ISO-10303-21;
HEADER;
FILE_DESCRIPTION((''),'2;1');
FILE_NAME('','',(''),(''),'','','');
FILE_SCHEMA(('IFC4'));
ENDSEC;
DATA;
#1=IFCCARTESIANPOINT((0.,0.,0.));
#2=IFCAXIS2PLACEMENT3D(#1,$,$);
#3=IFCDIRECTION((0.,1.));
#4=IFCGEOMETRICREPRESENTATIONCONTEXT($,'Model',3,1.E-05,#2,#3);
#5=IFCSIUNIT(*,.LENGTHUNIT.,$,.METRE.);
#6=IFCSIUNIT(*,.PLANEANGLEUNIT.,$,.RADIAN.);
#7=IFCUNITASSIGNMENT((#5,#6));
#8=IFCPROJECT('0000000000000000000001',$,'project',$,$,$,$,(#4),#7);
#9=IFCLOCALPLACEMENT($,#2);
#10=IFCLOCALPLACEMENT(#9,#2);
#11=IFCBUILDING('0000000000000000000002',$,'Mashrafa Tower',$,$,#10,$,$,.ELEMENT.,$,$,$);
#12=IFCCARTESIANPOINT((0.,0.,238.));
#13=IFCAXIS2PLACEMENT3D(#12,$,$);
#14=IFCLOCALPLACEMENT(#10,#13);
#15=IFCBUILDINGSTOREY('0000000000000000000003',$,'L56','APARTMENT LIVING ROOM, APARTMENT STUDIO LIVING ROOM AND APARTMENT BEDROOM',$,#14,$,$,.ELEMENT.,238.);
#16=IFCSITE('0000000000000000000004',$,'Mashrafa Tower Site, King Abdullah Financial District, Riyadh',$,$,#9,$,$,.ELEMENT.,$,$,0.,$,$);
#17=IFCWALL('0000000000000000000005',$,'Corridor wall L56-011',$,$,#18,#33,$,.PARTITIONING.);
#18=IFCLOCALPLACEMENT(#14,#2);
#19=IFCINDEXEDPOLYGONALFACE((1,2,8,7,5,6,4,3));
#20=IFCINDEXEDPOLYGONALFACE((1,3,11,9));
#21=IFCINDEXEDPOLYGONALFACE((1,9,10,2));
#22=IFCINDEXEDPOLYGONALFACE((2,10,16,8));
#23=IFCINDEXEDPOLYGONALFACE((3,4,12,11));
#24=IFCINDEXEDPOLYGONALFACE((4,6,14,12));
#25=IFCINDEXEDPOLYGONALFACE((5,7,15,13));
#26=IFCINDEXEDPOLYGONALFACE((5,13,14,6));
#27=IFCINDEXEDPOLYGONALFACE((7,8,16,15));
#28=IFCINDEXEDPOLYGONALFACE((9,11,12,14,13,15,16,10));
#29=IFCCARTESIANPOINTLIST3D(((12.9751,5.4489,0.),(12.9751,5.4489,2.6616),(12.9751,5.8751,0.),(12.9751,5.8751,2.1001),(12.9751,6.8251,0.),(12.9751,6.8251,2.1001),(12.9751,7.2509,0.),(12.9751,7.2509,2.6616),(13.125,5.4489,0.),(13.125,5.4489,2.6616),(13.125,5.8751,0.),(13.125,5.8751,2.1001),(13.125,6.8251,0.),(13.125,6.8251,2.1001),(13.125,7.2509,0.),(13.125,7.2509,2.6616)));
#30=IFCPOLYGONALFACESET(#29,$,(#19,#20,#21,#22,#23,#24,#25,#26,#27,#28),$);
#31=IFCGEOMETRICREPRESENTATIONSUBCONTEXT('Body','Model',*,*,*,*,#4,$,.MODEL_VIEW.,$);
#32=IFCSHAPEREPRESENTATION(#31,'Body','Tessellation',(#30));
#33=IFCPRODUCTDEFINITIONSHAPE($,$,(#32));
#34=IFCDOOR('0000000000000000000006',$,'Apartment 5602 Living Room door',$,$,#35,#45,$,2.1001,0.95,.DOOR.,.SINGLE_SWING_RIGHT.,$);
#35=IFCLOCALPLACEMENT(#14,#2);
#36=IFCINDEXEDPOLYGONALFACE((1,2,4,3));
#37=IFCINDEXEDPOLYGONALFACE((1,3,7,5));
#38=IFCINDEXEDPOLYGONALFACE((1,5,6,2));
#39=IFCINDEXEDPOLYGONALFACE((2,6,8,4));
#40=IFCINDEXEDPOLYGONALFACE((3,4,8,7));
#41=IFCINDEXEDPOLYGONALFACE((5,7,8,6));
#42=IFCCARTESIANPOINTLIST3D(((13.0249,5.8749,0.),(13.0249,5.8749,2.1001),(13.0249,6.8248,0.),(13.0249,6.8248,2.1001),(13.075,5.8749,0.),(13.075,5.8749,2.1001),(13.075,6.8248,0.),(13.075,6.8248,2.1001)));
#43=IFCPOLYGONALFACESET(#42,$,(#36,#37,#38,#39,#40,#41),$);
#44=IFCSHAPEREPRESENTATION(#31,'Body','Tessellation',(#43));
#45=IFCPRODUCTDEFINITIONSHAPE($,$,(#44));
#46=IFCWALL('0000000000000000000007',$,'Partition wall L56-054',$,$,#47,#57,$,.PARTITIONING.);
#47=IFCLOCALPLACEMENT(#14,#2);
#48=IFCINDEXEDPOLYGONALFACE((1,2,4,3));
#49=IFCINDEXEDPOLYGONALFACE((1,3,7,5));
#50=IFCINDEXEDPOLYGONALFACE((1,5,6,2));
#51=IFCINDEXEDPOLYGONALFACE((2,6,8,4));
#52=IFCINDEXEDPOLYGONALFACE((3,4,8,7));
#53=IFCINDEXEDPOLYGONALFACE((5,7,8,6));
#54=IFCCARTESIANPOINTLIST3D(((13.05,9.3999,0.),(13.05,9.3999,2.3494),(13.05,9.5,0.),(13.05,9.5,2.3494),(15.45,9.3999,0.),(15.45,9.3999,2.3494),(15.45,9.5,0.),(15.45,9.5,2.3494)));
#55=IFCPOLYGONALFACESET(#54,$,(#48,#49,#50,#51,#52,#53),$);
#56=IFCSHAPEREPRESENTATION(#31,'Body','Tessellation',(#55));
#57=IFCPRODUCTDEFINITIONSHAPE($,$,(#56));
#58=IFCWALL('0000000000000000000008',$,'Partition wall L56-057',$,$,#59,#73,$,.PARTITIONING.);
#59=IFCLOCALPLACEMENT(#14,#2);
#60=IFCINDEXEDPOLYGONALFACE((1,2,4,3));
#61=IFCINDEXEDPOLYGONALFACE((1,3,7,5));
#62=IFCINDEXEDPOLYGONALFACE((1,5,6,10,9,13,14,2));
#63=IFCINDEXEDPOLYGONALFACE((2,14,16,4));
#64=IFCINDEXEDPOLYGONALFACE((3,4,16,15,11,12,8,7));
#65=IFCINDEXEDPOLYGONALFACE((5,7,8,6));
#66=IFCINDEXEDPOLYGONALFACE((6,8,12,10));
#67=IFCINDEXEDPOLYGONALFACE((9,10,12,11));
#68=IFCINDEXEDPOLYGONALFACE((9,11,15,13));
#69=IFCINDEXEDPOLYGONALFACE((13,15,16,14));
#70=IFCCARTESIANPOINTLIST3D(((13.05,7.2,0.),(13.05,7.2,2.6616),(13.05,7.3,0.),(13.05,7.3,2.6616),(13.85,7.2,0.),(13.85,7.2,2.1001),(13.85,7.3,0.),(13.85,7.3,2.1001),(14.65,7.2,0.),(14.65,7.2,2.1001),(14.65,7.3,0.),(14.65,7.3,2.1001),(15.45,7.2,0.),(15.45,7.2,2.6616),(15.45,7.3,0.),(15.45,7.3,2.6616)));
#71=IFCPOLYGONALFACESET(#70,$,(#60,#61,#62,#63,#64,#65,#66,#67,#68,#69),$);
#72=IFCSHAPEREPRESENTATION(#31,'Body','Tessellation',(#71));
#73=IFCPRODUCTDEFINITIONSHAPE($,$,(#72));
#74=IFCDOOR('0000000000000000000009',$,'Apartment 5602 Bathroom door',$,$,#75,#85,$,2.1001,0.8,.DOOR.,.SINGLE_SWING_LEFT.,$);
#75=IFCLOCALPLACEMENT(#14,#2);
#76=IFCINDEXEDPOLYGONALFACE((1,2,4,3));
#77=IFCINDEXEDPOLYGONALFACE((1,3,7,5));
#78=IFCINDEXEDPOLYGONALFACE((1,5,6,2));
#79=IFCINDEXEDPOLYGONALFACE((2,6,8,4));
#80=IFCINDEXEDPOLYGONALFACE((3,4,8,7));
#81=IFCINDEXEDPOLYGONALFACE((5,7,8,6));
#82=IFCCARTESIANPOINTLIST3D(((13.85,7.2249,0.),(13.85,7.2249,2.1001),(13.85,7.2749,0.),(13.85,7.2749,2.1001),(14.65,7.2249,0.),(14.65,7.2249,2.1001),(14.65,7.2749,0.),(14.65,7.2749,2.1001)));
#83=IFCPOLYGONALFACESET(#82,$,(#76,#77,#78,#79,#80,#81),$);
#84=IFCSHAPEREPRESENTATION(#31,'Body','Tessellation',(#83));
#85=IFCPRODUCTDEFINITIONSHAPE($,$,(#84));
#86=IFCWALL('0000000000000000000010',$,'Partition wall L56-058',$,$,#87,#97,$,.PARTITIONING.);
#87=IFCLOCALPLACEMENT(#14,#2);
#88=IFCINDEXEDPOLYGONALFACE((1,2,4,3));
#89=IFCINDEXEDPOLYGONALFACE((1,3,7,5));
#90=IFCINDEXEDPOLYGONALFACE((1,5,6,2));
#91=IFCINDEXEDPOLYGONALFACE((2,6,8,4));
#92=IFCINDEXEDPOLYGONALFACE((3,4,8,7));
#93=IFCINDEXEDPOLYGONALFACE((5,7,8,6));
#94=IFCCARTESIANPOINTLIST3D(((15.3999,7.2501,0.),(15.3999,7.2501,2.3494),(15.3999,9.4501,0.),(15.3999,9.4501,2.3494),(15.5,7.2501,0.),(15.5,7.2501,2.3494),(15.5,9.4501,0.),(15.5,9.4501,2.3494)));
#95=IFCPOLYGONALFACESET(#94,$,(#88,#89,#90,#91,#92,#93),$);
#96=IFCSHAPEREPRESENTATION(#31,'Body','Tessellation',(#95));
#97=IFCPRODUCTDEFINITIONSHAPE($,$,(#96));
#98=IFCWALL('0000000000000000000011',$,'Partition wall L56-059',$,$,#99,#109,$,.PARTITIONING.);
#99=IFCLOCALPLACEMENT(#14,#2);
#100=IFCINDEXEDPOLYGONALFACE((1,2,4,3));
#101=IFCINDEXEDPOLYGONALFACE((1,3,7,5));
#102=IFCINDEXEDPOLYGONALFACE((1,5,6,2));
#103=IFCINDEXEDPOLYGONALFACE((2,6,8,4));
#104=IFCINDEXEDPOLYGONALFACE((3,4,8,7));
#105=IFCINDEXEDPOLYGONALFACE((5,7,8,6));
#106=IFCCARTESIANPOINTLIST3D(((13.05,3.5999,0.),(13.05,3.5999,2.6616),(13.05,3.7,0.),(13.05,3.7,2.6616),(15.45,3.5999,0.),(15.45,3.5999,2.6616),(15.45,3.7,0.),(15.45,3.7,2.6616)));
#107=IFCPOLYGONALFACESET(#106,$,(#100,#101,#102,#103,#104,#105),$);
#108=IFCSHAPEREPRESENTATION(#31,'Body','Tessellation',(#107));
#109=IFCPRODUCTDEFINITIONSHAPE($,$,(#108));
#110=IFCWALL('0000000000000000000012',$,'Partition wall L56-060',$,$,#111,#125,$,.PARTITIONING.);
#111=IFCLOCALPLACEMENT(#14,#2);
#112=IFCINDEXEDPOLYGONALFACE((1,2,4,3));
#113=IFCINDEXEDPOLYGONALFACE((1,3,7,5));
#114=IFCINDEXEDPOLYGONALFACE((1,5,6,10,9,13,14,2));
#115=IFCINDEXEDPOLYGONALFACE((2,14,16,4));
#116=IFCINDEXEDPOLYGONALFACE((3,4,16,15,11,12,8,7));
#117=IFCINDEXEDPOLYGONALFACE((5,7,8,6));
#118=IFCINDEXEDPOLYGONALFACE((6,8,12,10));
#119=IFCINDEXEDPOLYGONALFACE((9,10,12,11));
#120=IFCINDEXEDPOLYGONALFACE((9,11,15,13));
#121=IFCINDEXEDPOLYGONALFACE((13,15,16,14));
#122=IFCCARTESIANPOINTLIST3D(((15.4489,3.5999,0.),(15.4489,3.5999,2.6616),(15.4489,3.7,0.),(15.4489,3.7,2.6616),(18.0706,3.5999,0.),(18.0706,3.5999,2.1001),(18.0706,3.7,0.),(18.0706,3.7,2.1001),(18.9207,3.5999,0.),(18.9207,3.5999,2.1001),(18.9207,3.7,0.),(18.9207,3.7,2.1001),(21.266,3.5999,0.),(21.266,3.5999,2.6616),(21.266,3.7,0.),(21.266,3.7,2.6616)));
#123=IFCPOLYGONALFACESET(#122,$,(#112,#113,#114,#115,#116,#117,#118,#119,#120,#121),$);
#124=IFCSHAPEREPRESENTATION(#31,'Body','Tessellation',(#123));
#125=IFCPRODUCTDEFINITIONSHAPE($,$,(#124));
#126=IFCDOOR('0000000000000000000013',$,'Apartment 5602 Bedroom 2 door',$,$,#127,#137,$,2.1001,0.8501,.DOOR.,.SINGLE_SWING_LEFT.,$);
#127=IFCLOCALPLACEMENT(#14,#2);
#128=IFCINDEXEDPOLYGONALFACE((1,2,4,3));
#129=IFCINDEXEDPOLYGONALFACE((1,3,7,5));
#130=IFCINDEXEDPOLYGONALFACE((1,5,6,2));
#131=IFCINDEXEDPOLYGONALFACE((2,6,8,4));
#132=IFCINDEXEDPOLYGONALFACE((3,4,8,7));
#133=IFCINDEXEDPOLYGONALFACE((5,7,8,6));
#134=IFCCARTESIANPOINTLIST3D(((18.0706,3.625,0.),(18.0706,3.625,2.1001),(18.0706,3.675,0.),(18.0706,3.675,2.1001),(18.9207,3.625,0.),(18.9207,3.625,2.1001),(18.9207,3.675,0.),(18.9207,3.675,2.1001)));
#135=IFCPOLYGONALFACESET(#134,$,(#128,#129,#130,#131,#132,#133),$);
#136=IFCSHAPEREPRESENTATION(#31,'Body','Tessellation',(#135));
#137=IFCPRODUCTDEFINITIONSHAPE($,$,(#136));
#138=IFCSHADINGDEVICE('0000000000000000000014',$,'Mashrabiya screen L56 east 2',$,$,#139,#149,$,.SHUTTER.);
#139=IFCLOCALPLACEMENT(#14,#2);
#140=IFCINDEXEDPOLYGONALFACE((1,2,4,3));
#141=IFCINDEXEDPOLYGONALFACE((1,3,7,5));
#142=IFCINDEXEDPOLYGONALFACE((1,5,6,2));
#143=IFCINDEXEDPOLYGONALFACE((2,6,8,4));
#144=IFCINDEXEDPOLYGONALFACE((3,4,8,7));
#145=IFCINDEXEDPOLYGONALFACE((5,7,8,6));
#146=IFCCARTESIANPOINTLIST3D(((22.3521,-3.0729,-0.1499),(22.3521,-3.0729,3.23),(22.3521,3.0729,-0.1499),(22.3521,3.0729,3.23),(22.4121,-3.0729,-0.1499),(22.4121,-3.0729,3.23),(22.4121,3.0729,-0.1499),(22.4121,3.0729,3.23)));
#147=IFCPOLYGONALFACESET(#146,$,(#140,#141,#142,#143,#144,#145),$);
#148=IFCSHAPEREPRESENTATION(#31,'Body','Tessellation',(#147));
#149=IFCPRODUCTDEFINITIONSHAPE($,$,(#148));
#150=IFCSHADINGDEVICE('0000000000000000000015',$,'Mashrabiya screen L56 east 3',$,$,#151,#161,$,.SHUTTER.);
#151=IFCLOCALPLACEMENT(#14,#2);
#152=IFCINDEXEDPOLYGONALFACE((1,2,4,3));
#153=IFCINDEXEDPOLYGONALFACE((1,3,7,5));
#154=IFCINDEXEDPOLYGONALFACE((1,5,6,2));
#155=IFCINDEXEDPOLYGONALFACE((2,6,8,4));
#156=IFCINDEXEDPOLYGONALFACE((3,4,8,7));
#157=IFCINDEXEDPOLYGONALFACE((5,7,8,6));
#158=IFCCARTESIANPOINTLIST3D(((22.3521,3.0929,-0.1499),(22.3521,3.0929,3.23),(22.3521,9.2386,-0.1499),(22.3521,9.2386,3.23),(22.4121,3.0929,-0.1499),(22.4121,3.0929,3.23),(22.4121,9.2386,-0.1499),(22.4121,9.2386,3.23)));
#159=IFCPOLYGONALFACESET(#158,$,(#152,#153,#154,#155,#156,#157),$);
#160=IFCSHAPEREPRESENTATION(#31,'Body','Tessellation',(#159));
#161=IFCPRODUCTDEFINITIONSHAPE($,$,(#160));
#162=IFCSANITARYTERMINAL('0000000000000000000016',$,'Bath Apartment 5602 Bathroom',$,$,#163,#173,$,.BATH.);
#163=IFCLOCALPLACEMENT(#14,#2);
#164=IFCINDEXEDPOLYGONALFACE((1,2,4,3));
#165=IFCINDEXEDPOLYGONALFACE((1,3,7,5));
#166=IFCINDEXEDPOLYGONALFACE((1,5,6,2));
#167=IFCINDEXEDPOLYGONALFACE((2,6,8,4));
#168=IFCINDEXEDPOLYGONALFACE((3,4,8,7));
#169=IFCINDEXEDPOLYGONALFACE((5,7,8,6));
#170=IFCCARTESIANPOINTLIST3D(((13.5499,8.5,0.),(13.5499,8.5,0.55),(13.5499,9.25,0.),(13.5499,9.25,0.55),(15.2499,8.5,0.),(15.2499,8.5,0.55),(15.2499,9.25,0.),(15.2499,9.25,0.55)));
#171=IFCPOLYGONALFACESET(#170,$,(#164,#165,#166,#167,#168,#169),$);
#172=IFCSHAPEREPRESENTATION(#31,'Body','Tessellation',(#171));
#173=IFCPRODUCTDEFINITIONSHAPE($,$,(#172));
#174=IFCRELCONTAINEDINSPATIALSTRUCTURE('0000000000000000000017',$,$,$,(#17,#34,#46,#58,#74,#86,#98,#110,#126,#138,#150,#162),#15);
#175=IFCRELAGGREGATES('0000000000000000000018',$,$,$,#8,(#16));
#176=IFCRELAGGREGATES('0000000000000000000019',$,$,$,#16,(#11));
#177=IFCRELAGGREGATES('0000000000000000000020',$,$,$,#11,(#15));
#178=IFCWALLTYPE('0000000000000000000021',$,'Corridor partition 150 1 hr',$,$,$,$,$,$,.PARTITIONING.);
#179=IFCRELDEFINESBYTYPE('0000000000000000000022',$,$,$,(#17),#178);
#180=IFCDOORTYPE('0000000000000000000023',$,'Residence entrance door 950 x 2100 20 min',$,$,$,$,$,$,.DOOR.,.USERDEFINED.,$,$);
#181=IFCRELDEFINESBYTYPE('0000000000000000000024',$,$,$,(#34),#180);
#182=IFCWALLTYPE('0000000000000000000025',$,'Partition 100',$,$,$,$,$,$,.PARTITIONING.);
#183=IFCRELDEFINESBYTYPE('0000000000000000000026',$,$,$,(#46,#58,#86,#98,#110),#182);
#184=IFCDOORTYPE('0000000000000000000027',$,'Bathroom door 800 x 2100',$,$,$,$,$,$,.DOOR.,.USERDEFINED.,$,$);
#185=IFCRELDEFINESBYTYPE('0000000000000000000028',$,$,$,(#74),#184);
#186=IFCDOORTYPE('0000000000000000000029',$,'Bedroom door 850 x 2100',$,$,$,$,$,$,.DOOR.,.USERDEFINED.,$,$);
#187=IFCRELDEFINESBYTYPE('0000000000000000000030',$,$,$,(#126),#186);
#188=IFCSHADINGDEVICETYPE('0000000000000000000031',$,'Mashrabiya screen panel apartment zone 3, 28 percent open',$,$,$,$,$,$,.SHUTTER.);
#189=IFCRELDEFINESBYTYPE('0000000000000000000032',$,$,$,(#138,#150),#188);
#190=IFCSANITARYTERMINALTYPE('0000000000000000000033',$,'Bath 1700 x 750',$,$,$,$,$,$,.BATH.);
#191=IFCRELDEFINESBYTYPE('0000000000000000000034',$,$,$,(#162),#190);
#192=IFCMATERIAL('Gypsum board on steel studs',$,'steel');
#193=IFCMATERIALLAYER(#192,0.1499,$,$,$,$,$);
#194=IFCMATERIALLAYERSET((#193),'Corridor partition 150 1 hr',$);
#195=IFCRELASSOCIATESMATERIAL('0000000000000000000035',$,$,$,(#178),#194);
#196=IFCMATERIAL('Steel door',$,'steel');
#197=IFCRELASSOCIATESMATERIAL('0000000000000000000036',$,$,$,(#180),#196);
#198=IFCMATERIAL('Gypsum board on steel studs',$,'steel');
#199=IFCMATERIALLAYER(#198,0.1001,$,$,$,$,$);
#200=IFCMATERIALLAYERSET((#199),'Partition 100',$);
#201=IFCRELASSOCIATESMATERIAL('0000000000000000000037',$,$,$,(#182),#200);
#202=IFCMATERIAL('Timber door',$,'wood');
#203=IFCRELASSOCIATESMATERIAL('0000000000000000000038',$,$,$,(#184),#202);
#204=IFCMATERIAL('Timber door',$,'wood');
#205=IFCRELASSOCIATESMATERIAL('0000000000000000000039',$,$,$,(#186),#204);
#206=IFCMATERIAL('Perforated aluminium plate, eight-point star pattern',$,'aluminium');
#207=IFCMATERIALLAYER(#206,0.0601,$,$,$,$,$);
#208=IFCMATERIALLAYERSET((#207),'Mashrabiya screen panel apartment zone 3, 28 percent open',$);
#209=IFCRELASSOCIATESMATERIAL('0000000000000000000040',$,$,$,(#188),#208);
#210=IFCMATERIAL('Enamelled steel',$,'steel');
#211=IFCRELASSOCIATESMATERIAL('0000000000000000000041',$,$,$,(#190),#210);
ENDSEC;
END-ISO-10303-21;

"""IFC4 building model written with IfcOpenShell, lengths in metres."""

from ifc_helpers import new_model, si_unit, direction, frame, frame_2d, origin, origin_2d, place, context, subcontext, project, spatial, rectangle, extrude, source, transform, mapped, material, layer, layer_set, type_object, type_shapes, element, fill, save


model = new_model("IFC4")

# Units and contexts
model_context = context("Model", 3, precision=1e-05, world=origin(), true_north=direction((0.0, 1.0)))
body_context = subcontext(model_context, "Body", "Model", "MODEL_VIEW")
ifc_project = project(units=[si_unit("LENGTHUNIT", "METRE"), si_unit("PLANEANGLEUNIT", "RADIAN")], contexts=[model_context])

# Site, building, storey
site_placement = place(None, origin())
site = spatial("IfcSite", under=ifc_project, at=site_placement, Name="Mashrafa Tower Site, King Abdullah Financial District, Riyadh", CompositionType="ELEMENT", RefElevation=0.0)
building_placement = place(site_placement, origin())
building = spatial("IfcBuilding", under=site, at=building_placement, Name="Mashrafa Tower", CompositionType="ELEMENT")
storey_placement = place(building_placement, frame((0.0, 0.0, 238.0)))
storey = spatial("IfcBuildingStorey", under=building, at=storey_placement, Name="L56", Description="APARTMENT LIVING ROOM, APARTMENT STUDIO LIVING ROOM AND APARTMENT BEDROOM", CompositionType="ELEMENT", Elevation=238.0)

# Shared definitions
ifc_material_1 = material(Name="Gypsum board on steel studs", Category="steel")
ifc_layer_1 = layer(ifc_material_1, 0.1499)
ifc_layer_set_1 = layer_set([ifc_layer_1], Name="Corridor partition 150 1 hr")
wall_type_1 = type_object("IfcWallType", Name="Corridor partition 150 1 hr", PredefinedType="PARTITIONING", material=ifc_layer_set_1)

# Wall, opening, door
wall_1_placement = place(storey_placement, frame((13.05, 5.449, 0.0), z_axis=(0.0, 0.0, 1.0), x_axis=(0.0, 1.0, 0.0)))
wall_1 = element("IfcWall", 1, at=wall_1_placement, inside=storey, type_object=wall_type_1, Name="Corridor wall L56-011", PredefinedType="PARTITIONING", context=body_context, shape_type="SweptSolid", body=[
    extrude(rectangle(XDim=1.802, YDim=0.1499, at=frame_2d((0.9009, 0.0))), origin(), (0.0, 0.0, 1.0), 2.6616),
])
opening_1_placement = place(wall_1_placement, frame((0.426, 0.0, 0.0)))
opening_1 = element("IfcOpeningElement", 2, at=opening_1_placement, cuts=wall_1, PredefinedType="OPENING", context=body_context, shape_type="SweptSolid", body=[
    extrude(rectangle(XDim=0.95, YDim=2.1001, at=frame_2d((0.4751, 1.05))), frame((0.0, 0.085, 0.0), z_axis=(0.0, -1.0, 0.0), x_axis=(1.0, 0.0, 0.0)), (0.0, 0.0, 1.0), 0.1699),
])
ifc_material_2 = material(Name="Steel door", Category="steel")
door_type_1 = type_object("IfcDoorType", Name="Residence entrance door 950 x 2100 20 min", OperationType="USERDEFINED", PredefinedType="DOOR", material=ifc_material_2)
door_1_placement = place(opening_1_placement, frame((0.95, 0.0, 0.0), z_axis=(0.0, 0.0, 1.0), x_axis=(-1.0, 0.0, 0.0)))
door_1 = element("IfcDoor", 3, at=door_1_placement, inside=storey, type_object=door_type_1, Name="Apartment 5602 Living Room door", OperationType="SINGLE_SWING_RIGHT", OverallHeight=2.1001, OverallWidth=0.95, PredefinedType="DOOR", context=body_context, shape_type="SweptSolid", body=[
    extrude(rectangle(XDim=0.95, YDim=2.1001, at=frame_2d((0.4751, 1.05))), frame((0.0, 0.0249, 0.0), z_axis=(0.0, -1.0, 0.0), x_axis=(1.0, 0.0, 0.0)), (0.0, 0.0, 1.0), 0.05),
])
fill(opening_1, door_1)

# Wall
ifc_material_3 = material(Name="Gypsum board on steel studs", Category="steel")
ifc_layer_2 = layer(ifc_material_3, 0.1001)
ifc_layer_set_2 = layer_set([ifc_layer_2], Name="Partition 100")
wall_type_2 = type_object("IfcWallType", Name="Partition 100", PredefinedType="PARTITIONING", material=ifc_layer_set_2)
wall_2_placement = place(storey_placement, frame((13.05, 9.45, 0.0), z_axis=(0.0, 0.0, 1.0), x_axis=(1.0, 0.0, 0.0)))
element("IfcWall", 4, at=wall_2_placement, inside=storey, type_object=wall_type_2, Name="Partition wall L56-054", PredefinedType="PARTITIONING", context=body_context, shape_type="SweptSolid", body=[
    extrude(rectangle(XDim=2.3999, YDim=0.1001, at=frame_2d((1.2, 0.0))), origin(), (0.0, 0.0, 1.0), 2.3494),
])

# Wall, opening, door
wall_3_placement = place(storey_placement, frame((13.05, 7.25, 0.0), z_axis=(0.0, 0.0, 1.0), x_axis=(1.0, 0.0, 0.0)))
wall_3 = element("IfcWall", 5, at=wall_3_placement, inside=storey, type_object=wall_type_2, Name="Partition wall L56-057", PredefinedType="PARTITIONING", context=body_context, shape_type="SweptSolid", body=[
    extrude(rectangle(XDim=2.3999, YDim=0.1001, at=frame_2d((1.2, 0.0))), origin(), (0.0, 0.0, 1.0), 2.6616),
])
opening_2_placement = place(wall_3_placement, frame((0.8, 0.0, 0.0)))
opening_2 = element("IfcOpeningElement", 6, at=opening_2_placement, cuts=wall_3, PredefinedType="OPENING", context=body_context, shape_type="SweptSolid", body=[
    extrude(rectangle(XDim=0.8, YDim=2.1001, at=frame_2d((0.3999, 1.05))), frame((0.0, 0.0601, 0.0), z_axis=(0.0, -1.0, 0.0), x_axis=(1.0, 0.0, 0.0)), (0.0, 0.0, 1.0), 0.1201),
])
ifc_material_4 = material(Name="Timber door", Category="wood")
door_type_2 = type_object("IfcDoorType", Name="Bathroom door 800 x 2100", OperationType="USERDEFINED", PredefinedType="DOOR", material=ifc_material_4)
door_2_placement = place(opening_2_placement, origin())
door_2 = element("IfcDoor", 7, at=door_2_placement, inside=storey, type_object=door_type_2, Name="Apartment 5602 Bathroom door", OperationType="SINGLE_SWING_LEFT", OverallHeight=2.1001, OverallWidth=0.8, PredefinedType="DOOR", context=body_context, shape_type="SweptSolid", body=[
    extrude(rectangle(XDim=0.8, YDim=2.1001, at=frame_2d((0.3999, 1.05))), frame((0.0, 0.0249, 0.0), z_axis=(0.0, -1.0, 0.0), x_axis=(1.0, 0.0, 0.0)), (0.0, 0.0, 1.0), 0.05),
])
fill(opening_2, door_2)

# Walls
wall_4_placement = place(storey_placement, frame((15.45, 7.25, 0.0), z_axis=(0.0, 0.0, 1.0), x_axis=(0.0, 1.0, 0.0)))
element("IfcWall", 8, at=wall_4_placement, inside=storey, type_object=wall_type_2, Name="Partition wall L56-058", PredefinedType="PARTITIONING", context=body_context, shape_type="SweptSolid", body=[
    extrude(rectangle(XDim=2.2, YDim=0.1001, at=frame_2d((1.1001, 0.0))), origin(), (0.0, 0.0, 1.0), 2.3494),
])
wall_5_placement = place(storey_placement, frame((13.05, 3.6499, 0.0), z_axis=(0.0, 0.0, 1.0), x_axis=(1.0, 0.0, 0.0)))
element("IfcWall", 9, at=wall_5_placement, inside=storey, type_object=wall_type_2, Name="Partition wall L56-059", PredefinedType="PARTITIONING", context=body_context, shape_type="SweptSolid", body=[
    extrude(rectangle(XDim=2.3999, YDim=0.1001, at=frame_2d((1.2, 0.0))), origin(), (0.0, 0.0, 1.0), 2.6616),
])

# Wall, opening, door
wall_6_placement = place(storey_placement, frame((21.2661, 3.6499, 0.0), z_axis=(0.0, 0.0, 1.0), x_axis=(-1.0, 0.0, 0.0)))
wall_6 = element("IfcWall", 10, at=wall_6_placement, inside=storey, type_object=wall_type_2, Name="Partition wall L56-060", PredefinedType="PARTITIONING", context=body_context, shape_type="SweptSolid", body=[
    extrude(rectangle(XDim=5.8171, YDim=0.1001, at=frame_2d((2.9087, 0.0))), origin(), (0.0, 0.0, 1.0), 2.6616),
])
opening_3_placement = place(wall_6_placement, frame((2.3455, 0.0, 0.0)))
opening_3 = element("IfcOpeningElement", 11, at=opening_3_placement, cuts=wall_6, PredefinedType="OPENING", context=body_context, shape_type="SweptSolid", body=[
    extrude(rectangle(XDim=0.8501, YDim=2.1001, at=frame_2d((0.425, 1.05))), frame((0.0, 0.0601, 0.0), z_axis=(0.0, -1.0, 0.0), x_axis=(1.0, 0.0, 0.0)), (0.0, 0.0, 1.0), 0.1201),
])
ifc_material_5 = material(Name="Timber door", Category="wood")
door_type_3 = type_object("IfcDoorType", Name="Bedroom door 850 x 2100", OperationType="USERDEFINED", PredefinedType="DOOR", material=ifc_material_5)
door_3_placement = place(opening_3_placement, origin())
door_3 = element("IfcDoor", 12, at=door_3_placement, inside=storey, type_object=door_type_3, Name="Apartment 5602 Bedroom 2 door", OperationType="SINGLE_SWING_LEFT", OverallHeight=2.1001, OverallWidth=0.8501, PredefinedType="DOOR", context=body_context, shape_type="SweptSolid", body=[
    extrude(rectangle(XDim=0.8501, YDim=2.1001, at=frame_2d((0.425, 1.05))), frame((0.0, 0.0249, 0.0), z_axis=(0.0, -1.0, 0.0), x_axis=(1.0, 0.0, 0.0)), (0.0, 0.0, 1.0), 0.05),
])
fill(opening_3, door_3)

# Shading devices
ifc_material_6 = material(Name="Perforated aluminium plate, eight-point star pattern", Category="aluminium")
ifc_layer_3 = layer(ifc_material_6, 0.0601)
ifc_layer_set_3 = layer_set([ifc_layer_3], Name="Mashrabiya screen panel apartment zone 3, 28 percent open")
shading_device_type = type_object("IfcShadingDeviceType", Name="Mashrabiya screen panel apartment zone 3, 28 percent open", PredefinedType="SHUTTER", material=ifc_layer_set_3)
shared_shape_1 = source(origin(), body_context, "Body", "SweptSolid", [
    extrude(rectangle(XDim=6.1458, YDim=0.0601, at=origin_2d()), origin(), (0.0, 0.0, 1.0), 3.3799),
])
type_shapes(shading_device_type, [shared_shape_1])
for number, where, z_axis, x_axis, name in (
    (13, (22.3821, 0.0, -0.1499), (0.0, 0.0, 1.0), (0.0, 1.0, 0.0), "Mashrabiya screen L56 east 2"),
    (14, (22.3821, 6.1658, -0.1499), (0.0, 0.0, 1.0), (0.0, 1.0, 0.0), "Mashrabiya screen L56 east 3"),
):
    element("IfcShadingDevice", number, at=place(storey_placement, frame(where, z_axis=z_axis, x_axis=x_axis)), inside=storey, type_object=shading_device_type, Name=name, PredefinedType="SHUTTER", context=body_context, shape_type="MappedRepresentation", body=[
        mapped(shared_shape_1, transform((0.0, 0.0, 0.0))),
    ])

# Sanitary terminal
ifc_material_7 = material(Name="Enamelled steel", Category="steel")
sanitary_terminal_type_1 = type_object("IfcSanitaryTerminalType", Name="Bath 1700 x 750", PredefinedType="BATH", material=ifc_material_7)
sanitary_terminal_1_placement = place(storey_placement, frame((14.3999, 8.875, 0.0), z_axis=(0.0, 0.0, 1.0), x_axis=(-1.0, 0.0, 0.0)))
element("IfcSanitaryTerminal", 15, at=sanitary_terminal_1_placement, inside=storey, type_object=sanitary_terminal_type_1, Name="Bath Apartment 5602 Bathroom", PredefinedType="BATH", context=body_context, shape_type="SweptSolid", body=[
    extrude(rectangle(XDim=1.7, YDim=0.75, at=origin_2d()), origin(), (0.0, 0.0, 1.0), 0.55),
])

save(model, "model.ifc")
